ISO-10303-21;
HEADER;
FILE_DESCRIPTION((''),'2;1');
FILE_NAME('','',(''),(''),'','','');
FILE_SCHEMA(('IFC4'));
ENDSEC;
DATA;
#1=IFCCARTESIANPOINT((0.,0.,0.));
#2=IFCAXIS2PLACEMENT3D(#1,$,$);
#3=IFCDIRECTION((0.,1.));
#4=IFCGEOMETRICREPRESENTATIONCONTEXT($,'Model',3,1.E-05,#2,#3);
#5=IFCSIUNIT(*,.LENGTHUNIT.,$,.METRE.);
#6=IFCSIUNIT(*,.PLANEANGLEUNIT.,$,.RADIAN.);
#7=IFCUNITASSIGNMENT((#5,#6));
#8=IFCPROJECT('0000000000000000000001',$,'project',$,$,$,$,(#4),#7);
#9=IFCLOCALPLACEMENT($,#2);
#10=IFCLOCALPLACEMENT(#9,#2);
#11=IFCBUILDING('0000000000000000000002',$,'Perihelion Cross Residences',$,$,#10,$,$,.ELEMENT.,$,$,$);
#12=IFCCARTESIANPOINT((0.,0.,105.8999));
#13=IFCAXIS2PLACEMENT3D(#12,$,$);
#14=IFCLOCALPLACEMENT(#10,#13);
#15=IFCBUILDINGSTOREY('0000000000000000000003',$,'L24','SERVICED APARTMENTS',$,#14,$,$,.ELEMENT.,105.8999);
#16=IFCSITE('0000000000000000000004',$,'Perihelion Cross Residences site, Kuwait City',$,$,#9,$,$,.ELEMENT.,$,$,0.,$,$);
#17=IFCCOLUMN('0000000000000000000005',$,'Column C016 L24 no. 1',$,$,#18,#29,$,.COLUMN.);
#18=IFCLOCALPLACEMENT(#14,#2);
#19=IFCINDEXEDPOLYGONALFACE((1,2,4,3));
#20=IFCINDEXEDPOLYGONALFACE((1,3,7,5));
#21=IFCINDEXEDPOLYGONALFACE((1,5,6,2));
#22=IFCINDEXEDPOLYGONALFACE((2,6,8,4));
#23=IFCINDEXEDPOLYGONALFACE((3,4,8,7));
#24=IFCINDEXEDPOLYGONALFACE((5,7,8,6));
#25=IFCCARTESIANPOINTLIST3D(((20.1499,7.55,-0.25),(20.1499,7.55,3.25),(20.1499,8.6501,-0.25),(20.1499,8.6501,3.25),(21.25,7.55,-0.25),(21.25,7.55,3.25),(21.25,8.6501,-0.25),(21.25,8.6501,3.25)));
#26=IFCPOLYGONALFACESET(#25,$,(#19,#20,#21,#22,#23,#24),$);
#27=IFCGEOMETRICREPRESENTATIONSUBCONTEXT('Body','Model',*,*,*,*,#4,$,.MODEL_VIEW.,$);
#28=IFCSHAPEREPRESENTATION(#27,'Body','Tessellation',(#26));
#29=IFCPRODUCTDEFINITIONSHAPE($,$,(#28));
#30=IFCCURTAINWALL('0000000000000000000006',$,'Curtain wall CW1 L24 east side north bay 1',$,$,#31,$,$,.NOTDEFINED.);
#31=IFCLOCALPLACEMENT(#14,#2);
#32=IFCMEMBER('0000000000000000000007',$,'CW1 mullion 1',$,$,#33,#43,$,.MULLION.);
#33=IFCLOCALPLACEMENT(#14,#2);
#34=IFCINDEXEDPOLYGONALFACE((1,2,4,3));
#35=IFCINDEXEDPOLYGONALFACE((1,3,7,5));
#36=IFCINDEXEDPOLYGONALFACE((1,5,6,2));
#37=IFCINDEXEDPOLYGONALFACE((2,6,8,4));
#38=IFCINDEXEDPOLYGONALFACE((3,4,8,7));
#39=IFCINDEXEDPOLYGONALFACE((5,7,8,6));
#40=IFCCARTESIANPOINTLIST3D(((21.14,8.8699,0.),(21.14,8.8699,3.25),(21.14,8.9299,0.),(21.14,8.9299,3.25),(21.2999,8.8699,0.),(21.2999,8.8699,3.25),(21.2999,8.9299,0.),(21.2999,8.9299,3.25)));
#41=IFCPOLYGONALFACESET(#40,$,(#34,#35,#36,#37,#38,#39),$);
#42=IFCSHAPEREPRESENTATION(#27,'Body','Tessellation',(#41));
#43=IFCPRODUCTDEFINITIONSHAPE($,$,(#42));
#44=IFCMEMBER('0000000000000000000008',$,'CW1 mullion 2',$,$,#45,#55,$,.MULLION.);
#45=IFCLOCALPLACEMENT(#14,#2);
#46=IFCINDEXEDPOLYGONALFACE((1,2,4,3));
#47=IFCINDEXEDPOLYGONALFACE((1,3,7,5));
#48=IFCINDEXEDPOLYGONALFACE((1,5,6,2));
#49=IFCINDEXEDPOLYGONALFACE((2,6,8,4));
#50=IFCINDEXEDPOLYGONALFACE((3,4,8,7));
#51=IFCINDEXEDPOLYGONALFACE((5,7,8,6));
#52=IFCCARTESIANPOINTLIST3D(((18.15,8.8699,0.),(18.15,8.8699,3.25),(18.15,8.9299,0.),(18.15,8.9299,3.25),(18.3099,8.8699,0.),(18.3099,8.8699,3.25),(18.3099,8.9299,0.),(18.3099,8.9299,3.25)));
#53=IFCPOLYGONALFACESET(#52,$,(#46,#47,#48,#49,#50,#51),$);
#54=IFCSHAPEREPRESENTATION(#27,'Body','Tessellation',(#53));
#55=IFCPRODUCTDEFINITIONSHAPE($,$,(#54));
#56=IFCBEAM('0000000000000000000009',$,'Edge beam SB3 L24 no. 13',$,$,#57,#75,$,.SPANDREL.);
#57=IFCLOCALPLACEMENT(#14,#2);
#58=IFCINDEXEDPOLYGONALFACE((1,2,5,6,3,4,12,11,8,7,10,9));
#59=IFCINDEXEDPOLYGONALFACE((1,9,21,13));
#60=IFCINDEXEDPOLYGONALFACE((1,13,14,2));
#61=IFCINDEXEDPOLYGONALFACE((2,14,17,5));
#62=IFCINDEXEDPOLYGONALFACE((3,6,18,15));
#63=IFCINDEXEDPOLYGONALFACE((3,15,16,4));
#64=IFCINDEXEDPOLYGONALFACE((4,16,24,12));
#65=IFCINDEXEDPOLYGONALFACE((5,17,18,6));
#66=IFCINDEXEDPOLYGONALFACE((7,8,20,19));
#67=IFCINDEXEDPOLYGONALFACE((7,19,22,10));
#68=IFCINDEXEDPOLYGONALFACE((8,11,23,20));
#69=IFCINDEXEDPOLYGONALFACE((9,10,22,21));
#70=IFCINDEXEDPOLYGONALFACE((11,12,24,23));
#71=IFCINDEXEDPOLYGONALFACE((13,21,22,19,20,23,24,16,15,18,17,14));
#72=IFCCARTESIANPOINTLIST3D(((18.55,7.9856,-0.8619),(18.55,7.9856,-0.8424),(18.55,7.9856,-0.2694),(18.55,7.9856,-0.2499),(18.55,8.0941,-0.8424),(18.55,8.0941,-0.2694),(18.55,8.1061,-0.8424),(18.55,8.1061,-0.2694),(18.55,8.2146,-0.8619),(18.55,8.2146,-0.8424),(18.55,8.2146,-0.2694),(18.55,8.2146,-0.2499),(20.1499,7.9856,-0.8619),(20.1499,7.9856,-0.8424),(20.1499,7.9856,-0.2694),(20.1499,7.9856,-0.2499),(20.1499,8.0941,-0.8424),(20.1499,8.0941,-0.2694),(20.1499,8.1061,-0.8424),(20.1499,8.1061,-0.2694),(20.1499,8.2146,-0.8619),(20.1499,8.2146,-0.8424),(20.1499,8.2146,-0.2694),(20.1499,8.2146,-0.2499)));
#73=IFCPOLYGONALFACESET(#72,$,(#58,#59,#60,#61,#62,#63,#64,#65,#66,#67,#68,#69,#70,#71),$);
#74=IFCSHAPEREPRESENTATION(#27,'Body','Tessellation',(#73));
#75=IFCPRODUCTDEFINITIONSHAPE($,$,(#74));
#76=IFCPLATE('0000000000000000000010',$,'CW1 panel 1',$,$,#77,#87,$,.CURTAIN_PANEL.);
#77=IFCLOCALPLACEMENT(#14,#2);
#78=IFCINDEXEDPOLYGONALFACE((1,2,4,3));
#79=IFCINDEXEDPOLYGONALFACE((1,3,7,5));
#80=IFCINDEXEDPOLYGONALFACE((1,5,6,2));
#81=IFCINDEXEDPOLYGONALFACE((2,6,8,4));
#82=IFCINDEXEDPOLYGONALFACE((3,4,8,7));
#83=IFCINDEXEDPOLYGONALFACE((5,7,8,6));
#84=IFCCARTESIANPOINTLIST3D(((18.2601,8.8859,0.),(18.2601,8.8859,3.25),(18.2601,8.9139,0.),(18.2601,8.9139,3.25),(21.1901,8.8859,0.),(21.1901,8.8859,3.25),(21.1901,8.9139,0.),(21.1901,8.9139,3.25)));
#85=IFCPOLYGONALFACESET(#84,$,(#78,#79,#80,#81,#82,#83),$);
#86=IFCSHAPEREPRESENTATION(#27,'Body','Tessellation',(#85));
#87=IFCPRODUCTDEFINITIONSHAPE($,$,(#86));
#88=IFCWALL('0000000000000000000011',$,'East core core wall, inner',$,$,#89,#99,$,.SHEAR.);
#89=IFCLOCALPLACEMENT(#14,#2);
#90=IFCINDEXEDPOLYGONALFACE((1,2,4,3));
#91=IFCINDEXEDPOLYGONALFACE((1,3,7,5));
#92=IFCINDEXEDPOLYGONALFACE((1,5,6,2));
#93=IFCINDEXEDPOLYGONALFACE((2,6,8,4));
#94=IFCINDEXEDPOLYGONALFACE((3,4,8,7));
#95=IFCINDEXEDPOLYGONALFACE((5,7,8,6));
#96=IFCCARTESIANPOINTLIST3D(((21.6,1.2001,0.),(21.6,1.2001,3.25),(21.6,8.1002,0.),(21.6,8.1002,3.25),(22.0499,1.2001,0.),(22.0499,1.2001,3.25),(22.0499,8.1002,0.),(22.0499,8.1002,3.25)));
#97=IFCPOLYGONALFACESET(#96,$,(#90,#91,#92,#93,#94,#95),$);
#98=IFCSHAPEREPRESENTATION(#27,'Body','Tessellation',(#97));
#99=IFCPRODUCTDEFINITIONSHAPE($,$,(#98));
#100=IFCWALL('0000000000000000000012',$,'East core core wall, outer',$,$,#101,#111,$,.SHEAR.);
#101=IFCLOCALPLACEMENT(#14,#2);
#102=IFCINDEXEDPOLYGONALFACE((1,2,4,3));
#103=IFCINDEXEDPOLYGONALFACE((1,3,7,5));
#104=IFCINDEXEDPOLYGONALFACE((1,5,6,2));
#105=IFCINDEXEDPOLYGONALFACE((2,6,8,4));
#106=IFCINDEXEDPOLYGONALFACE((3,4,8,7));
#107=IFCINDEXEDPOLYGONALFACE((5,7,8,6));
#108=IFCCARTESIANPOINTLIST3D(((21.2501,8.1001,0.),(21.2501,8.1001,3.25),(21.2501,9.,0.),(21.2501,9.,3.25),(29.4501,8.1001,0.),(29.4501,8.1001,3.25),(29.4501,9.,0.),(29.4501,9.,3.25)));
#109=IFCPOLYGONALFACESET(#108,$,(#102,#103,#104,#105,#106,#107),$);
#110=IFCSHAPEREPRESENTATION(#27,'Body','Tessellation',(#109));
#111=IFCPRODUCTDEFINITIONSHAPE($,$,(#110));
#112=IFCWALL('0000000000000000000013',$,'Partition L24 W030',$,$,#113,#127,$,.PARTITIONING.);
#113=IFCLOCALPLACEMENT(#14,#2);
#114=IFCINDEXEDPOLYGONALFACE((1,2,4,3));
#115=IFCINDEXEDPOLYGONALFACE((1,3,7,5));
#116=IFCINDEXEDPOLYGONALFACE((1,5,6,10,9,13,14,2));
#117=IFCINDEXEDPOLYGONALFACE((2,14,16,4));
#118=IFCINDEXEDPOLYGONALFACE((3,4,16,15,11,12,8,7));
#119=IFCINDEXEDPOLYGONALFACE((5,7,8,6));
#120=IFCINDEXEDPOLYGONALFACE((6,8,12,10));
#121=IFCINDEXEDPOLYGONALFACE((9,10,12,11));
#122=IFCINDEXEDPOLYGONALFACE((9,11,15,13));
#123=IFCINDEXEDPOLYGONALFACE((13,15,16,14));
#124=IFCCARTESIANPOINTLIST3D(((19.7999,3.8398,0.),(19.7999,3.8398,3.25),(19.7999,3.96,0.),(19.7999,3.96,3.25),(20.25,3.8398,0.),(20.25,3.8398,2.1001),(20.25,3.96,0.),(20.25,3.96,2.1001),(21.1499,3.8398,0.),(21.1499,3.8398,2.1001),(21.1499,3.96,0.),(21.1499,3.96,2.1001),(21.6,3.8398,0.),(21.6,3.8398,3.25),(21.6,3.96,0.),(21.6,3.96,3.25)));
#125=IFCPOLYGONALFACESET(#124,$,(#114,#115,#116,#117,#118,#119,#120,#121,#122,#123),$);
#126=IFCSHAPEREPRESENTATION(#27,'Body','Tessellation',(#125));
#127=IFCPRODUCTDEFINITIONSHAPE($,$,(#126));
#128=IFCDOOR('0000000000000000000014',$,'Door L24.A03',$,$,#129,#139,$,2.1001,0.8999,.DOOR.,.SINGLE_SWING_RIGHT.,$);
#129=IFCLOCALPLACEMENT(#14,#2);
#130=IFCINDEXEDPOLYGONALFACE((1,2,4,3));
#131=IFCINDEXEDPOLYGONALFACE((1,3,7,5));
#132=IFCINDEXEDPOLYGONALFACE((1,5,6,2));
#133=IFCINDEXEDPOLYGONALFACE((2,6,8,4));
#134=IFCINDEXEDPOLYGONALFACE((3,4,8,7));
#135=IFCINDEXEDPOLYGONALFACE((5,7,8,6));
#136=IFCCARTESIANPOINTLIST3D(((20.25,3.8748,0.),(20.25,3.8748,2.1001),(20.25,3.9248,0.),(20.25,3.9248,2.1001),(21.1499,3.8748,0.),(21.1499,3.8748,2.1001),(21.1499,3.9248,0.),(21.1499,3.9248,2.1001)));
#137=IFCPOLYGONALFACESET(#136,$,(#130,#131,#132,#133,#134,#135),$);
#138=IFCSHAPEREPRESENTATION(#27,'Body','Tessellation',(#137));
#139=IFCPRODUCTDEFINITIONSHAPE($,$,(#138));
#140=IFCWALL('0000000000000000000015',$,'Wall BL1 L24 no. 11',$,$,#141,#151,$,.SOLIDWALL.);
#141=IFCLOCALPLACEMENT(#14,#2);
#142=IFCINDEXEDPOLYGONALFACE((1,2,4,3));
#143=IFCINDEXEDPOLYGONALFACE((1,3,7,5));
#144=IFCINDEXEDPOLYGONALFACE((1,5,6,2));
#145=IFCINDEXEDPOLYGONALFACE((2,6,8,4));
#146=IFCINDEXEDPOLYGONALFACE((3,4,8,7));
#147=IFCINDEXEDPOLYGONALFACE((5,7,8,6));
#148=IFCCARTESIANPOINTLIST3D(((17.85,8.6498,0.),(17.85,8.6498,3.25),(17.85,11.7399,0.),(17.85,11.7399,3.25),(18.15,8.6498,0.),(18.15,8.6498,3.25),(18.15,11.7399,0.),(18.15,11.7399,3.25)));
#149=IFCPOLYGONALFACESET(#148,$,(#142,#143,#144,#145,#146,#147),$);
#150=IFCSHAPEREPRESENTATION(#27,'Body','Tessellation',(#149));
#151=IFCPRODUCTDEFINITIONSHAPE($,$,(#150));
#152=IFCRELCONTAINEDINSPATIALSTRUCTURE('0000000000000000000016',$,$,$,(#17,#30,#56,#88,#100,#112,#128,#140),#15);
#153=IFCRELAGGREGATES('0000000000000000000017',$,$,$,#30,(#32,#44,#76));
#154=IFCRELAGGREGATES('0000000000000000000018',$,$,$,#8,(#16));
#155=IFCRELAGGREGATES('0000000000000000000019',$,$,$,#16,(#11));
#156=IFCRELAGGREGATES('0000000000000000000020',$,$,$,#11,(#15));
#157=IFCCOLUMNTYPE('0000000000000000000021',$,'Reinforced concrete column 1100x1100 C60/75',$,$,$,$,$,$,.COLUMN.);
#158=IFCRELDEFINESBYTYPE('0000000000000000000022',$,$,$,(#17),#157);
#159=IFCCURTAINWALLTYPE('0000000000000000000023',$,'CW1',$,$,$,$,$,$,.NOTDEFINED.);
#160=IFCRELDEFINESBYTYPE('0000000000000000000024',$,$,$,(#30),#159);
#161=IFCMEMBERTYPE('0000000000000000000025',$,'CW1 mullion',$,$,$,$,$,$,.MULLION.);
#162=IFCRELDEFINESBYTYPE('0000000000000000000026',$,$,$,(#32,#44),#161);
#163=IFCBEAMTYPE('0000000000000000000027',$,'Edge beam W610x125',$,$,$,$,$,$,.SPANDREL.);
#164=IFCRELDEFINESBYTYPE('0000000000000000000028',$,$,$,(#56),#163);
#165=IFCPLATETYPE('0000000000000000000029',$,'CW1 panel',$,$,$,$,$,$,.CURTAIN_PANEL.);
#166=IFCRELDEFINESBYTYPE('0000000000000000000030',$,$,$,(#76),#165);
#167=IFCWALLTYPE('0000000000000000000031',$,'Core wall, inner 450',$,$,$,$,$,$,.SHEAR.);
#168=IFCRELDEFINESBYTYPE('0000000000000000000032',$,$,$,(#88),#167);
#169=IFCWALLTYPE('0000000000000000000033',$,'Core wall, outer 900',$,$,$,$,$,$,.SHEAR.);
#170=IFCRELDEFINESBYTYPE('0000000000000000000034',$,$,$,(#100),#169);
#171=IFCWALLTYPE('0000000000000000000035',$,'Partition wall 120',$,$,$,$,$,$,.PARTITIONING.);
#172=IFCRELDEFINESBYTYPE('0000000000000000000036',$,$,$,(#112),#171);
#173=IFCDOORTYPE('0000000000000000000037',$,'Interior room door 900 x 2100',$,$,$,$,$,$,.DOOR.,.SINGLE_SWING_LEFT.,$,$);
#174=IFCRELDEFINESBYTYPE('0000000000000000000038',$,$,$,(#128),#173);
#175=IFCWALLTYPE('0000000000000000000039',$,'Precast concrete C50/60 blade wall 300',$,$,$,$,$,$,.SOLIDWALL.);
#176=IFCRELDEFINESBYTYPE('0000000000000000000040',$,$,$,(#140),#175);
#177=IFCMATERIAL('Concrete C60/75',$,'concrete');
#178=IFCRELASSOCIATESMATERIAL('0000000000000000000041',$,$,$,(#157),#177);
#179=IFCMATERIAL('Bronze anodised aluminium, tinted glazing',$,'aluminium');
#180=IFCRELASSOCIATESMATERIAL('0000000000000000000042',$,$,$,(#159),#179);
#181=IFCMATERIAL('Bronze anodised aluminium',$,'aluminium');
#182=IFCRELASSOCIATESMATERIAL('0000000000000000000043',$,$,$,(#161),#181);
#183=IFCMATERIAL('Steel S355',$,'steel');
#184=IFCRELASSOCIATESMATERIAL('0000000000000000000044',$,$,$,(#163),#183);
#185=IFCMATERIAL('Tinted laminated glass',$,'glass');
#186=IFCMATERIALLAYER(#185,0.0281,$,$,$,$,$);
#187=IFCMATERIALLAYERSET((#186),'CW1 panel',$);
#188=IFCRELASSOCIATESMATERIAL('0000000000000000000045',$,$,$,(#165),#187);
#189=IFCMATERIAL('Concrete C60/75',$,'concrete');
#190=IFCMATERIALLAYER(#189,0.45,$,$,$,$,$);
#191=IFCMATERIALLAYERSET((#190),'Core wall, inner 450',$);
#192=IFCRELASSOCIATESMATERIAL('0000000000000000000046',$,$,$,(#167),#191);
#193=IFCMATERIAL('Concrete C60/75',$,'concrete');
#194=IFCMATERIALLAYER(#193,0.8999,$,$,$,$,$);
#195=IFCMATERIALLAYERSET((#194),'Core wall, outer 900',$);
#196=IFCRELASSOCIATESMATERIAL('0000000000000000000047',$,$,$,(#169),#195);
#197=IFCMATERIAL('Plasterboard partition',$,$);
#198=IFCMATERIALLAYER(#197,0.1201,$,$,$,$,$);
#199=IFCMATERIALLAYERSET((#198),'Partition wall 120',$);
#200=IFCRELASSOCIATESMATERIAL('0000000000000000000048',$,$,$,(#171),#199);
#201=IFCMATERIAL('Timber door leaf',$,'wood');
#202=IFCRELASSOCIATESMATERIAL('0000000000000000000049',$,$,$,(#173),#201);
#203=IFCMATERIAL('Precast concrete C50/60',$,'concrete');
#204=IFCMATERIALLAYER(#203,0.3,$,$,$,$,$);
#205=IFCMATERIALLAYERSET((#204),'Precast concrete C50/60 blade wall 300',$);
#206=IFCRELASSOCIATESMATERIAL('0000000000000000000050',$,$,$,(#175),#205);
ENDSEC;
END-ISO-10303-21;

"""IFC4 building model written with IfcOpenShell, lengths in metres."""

from ifc_helpers import new_model, si_unit, direction, frame, frame_2d, origin, origin_2d, place, context, subcontext, project, spatial, rectangle, i_section, extrude, material, layer, layer_set, material_profile, profile_set, type_object, element, fill, aggregate, save


model = new_model("IFC4")

# Units and contexts
model_context = context("Model", 3, precision=1e-05, world=origin(), true_north=direction((0.0, 1.0)))
body_context = subcontext(model_context, "Body", "Model", "MODEL_VIEW")
ifc_project = project(units=[si_unit("LENGTHUNIT", "METRE"), si_unit("PLANEANGLEUNIT", "RADIAN")], contexts=[model_context])

# Site, building, storey
site_placement = place(None, origin())
site = spatial("IfcSite", under=ifc_project, at=site_placement, Name="Perihelion Cross Residences site, Kuwait City", CompositionType="ELEMENT", RefElevation=0.0)
building_placement = place(site_placement, origin())
building = spatial("IfcBuilding", under=site, at=building_placement, Name="Perihelion Cross Residences", CompositionType="ELEMENT")
storey_placement = place(building_placement, frame((0.0, 0.0, 105.8999)))
storey = spatial("IfcBuildingStorey", under=building, at=storey_placement, Name="L24", Description="SERVICED APARTMENTS", CompositionType="ELEMENT", Elevation=105.8999)

# Column
ifc_material_1 = material(Name="Concrete C60/75", Category="concrete")
ifc_material_profile_1 = material_profile(ifc_material_1, rectangle(XDim=1.1001, YDim=1.1001, at=origin_2d()), Name="RC 1100x1100")
ifc_profile_set_1 = profile_set([ifc_material_profile_1], Name="Concrete C60/75")
column_type = type_object("IfcColumnType", Name="Reinforced concrete column 1100x1100 C60/75", PredefinedType="COLUMN", material=ifc_profile_set_1)
column_placement = place(storey_placement, frame((20.7, 8.1001, -0.25), z_axis=(0.0, 0.0, 1.0), x_axis=(1.0, 0.0, 0.0)))
element("IfcColumn", 1, at=column_placement, inside=storey, type_object=column_type, Name="Column C016 L24 no. 1", PredefinedType="COLUMN", context=body_context, shape_type="SweptSolid", body=[
    extrude(rectangle(XDim=1.1001, YDim=1.1001, at=origin_2d()), origin(), (0.0, 0.0, 1.0), 3.5),
])

# Curtain wall, members
ifc_material_2 = material(Name="Bronze anodised aluminium, tinted glazing", Category="aluminium")
curtain_wall_type = type_object("IfcCurtainWallType", Name="CW1", PredefinedType="NOTDEFINED", material=ifc_material_2)
curtain_wall_placement = place(storey_placement, origin())
curtain_wall = element("IfcCurtainWall", 2, at=curtain_wall_placement, inside=storey, type_object=curtain_wall_type, Name="Curtain wall CW1 L24 east side north bay 1", PredefinedType="NOTDEFINED")
ifc_material_3 = material(Name="Bronze anodised aluminium", Category="aluminium")
ifc_material_profile_2 = material_profile(ifc_material_3, rectangle(XDim=0.0601, YDim=0.1599, at=origin_2d()), Name="CW1 mullion")
ifc_profile_set_2 = profile_set([ifc_material_profile_2], Name="Bronze anodised aluminium")
member_type = type_object("IfcMemberType", Name="CW1 mullion", PredefinedType="MULLION", material=ifc_profile_set_2)
member_1_placement = place(storey_placement, frame((21.22, 8.8999, 0.0), z_axis=(0.0, 0.0, 1.0), x_axis=(0.0, -1.0, 0.0)))
member_1 = element("IfcMember", 3, at=member_1_placement, type_object=member_type, Name="CW1 mullion 1", PredefinedType="MULLION", context=body_context, shape_type="SweptSolid", body=[
    extrude(rectangle(XDim=0.0601, YDim=0.1599, at=origin_2d()), origin(), (0.0, 0.0, 1.0), 3.25),
])
member_2_placement = place(storey_placement, frame((18.23, 8.8999, 0.0), z_axis=(0.0, 0.0, 1.0), x_axis=(0.0, -1.0, 0.0)))
member_2 = element("IfcMember", 4, at=member_2_placement, type_object=member_type, Name="CW1 mullion 2", PredefinedType="MULLION", context=body_context, shape_type="SweptSolid", body=[
    extrude(rectangle(XDim=0.0601, YDim=0.1599, at=origin_2d()), origin(), (0.0, 0.0, 1.0), 3.25),
])

# Beam
ifc_material_4 = material(Name="Steel S355", Category="steel")
ifc_material_profile_3 = material_profile(ifc_material_4, i_section(OverallWidth=0.229, OverallDepth=0.6121, WebThickness=0.012, FlangeThickness=0.0195, at=origin_2d()), Name="W610x125")
ifc_profile_set_3 = profile_set([ifc_material_profile_3], Name="Steel S355")
beam_type = type_object("IfcBeamType", Name="Edge beam W610x125", PredefinedType="SPANDREL", material=ifc_profile_set_3)
beam_placement = place(storey_placement, frame((20.1499, 8.1001, -0.5559), z_axis=(-1.0, 0.0, 0.0), x_axis=(0.0, -1.0, 0.0)))
element("IfcBeam", 5, at=beam_placement, inside=storey, type_object=beam_type, Name="Edge beam SB3 L24 no. 13", PredefinedType="SPANDREL", context=body_context, shape_type="SweptSolid", body=[
    extrude(i_section(OverallWidth=0.229, OverallDepth=0.6121, WebThickness=0.012, FlangeThickness=0.0195, at=origin_2d()), origin(), (0.0, 0.0, 1.0), 1.5999),
])

# Plate
ifc_material_5 = material(Name="Tinted laminated glass", Category="glass")
ifc_layer_1 = layer(ifc_material_5, 0.0281)
ifc_layer_set_1 = layer_set([ifc_layer_1], Name="CW1 panel")
plate_type = type_object("IfcPlateType", Name="CW1 panel", PredefinedType="CURTAIN_PANEL", material=ifc_layer_set_1)
plate_placement = place(storey_placement, frame((19.7251, 8.8999, 0.0), z_axis=(0.0, 0.0, 1.0), x_axis=(-1.0, 0.0, 0.0)))
plate = element("IfcPlate", 6, at=plate_placement, type_object=plate_type, Name="CW1 panel 1", PredefinedType="CURTAIN_PANEL", context=body_context, shape_type="SweptSolid", body=[
    extrude(rectangle(XDim=2.9299, YDim=0.0281, at=origin_2d()), origin(), (0.0, 0.0, 1.0), 3.25),
])
aggregate(curtain_wall, [member_1, member_2, plate])

# Walls
ifc_material_6 = material(Name="Concrete C60/75", Category="concrete")
ifc_layer_2 = layer(ifc_material_6, 0.45)
ifc_layer_set_2 = layer_set([ifc_layer_2], Name="Core wall, inner 450")
wall_type_1 = type_object("IfcWallType", Name="Core wall, inner 450", PredefinedType="SHEAR", material=ifc_layer_set_2)
wall_1_placement = place(storey_placement, frame((21.825, 1.2, 0.0), z_axis=(0.0, 0.0, 1.0), x_axis=(0.0, 1.0, 0.0)))
element("IfcWall", 7, at=wall_1_placement, inside=storey, type_object=wall_type_1, Name="East core core wall, inner", PredefinedType="SHEAR", context=body_context, shape_type="SweptSolid", body=[
    extrude(rectangle(XDim=6.9001, YDim=0.45, at=frame_2d((3.4502, 0.0))), origin(), (0.0, 0.0, 1.0), 3.25),
])
ifc_material_7 = material(Name="Concrete C60/75", Category="concrete")
ifc_layer_3 = layer(ifc_material_7, 0.8999)
ifc_layer_set_3 = layer_set([ifc_layer_3], Name="Core wall, outer 900")
wall_type_2 = type_object("IfcWallType", Name="Core wall, outer 900", PredefinedType="SHEAR", material=ifc_layer_set_3)
wall_2_placement = place(storey_placement, frame((21.25, 8.55, 0.0), z_axis=(0.0, 0.0, 1.0), x_axis=(1.0, 0.0, 0.0)))
element("IfcWall", 8, at=wall_2_placement, inside=storey, type_object=wall_type_2, Name="East core core wall, outer", PredefinedType="SHEAR", context=body_context, shape_type="SweptSolid", body=[
    extrude(rectangle(XDim=8.2, YDim=0.8999, at=frame_2d((4.1001, 0.0))), origin(), (0.0, 0.0, 1.0), 3.25),
])

# Wall, opening, door
ifc_material_8 = material(Name="Plasterboard partition")
ifc_layer_4 = layer(ifc_material_8, 0.1201)
ifc_layer_set_4 = layer_set([ifc_layer_4], Name="Partition wall 120")
wall_type_3 = type_object("IfcWallType", Name="Partition wall 120", PredefinedType="PARTITIONING", material=ifc_layer_set_4)
wall_3_placement = place(storey_placement, frame((19.8, 3.8999, 0.0), z_axis=(0.0, 0.0, 1.0), x_axis=(1.0, 0.0, 0.0)))
wall_3 = element("IfcWall", 9, at=wall_3_placement, inside=storey, type_object=wall_type_3, Name="Partition L24 W030", PredefinedType="PARTITIONING", context=body_context, shape_type="SweptSolid", body=[
    extrude(rectangle(XDim=1.8, YDim=0.1201, at=frame_2d((0.8999, 0.0))), origin(), (0.0, 0.0, 1.0), 3.25),
])
opening_1_placement = place(wall_3_placement, frame((0.45, 0.0, 0.0)))
opening_1 = element("IfcOpeningElement", 10, at=opening_1_placement, cuts=wall_3, PredefinedType="OPENING", context=body_context, shape_type="SweptSolid", body=[
    extrude(rectangle(XDim=0.8999, YDim=2.1001, at=frame_2d((0.45, 1.05))), frame((0.0, 0.0701, 0.0), z_axis=(0.0, -1.0, 0.0), x_axis=(1.0, 0.0, 0.0)), (0.0, 0.0, 1.0), 0.1401),
])
ifc_material_9 = material(Name="Timber door leaf", Category="wood")
door_type_1 = type_object("IfcDoorType", Name="Interior room door 900 x 2100", OperationType="SINGLE_SWING_LEFT", PredefinedType="DOOR", material=ifc_material_9)
door_1_placement = place(opening_1_placement, origin())
door_1 = element("IfcDoor", 11, at=door_1_placement, inside=storey, type_object=door_type_1, Name="Door L24.A03", OperationType="SINGLE_SWING_RIGHT", OverallHeight=2.1001, OverallWidth=0.8999, PredefinedType="DOOR", context=body_context, shape_type="SweptSolid", body=[
    extrude(rectangle(XDim=0.8999, YDim=2.1001, at=frame_2d((0.45, 1.05))), frame((0.0, 0.0249, 0.0), z_axis=(0.0, -1.0, 0.0), x_axis=(1.0, 0.0, 0.0)), (0.0, 0.0, 1.0), 0.05),
])
fill(opening_1, door_1)

# Wall
ifc_material_10 = material(Name="Precast concrete C50/60", Category="concrete")
ifc_layer_5 = layer(ifc_material_10, 0.3)
ifc_layer_set_5 = layer_set([ifc_layer_5], Name="Precast concrete C50/60 blade wall 300")
wall_type_4 = type_object("IfcWallType", Name="Precast concrete C50/60 blade wall 300", PredefinedType="SOLIDWALL", material=ifc_layer_set_5)
wall_4_placement = place(storey_placement, frame((18.0, 8.6499, 0.0), z_axis=(0.0, 0.0, 1.0), x_axis=(0.0, 1.0, 0.0)))
element("IfcWall", 12, at=wall_4_placement, inside=storey, type_object=wall_type_4, Name="Wall BL1 L24 no. 11", PredefinedType="SOLIDWALL", context=body_context, shape_type="SweptSolid", body=[
    extrude(rectangle(XDim=3.0901, YDim=0.3, at=frame_2d((1.5449, 0.0))), origin(), (0.0, 0.0, 1.0), 3.25),
])

save(model, "model.ifc")
